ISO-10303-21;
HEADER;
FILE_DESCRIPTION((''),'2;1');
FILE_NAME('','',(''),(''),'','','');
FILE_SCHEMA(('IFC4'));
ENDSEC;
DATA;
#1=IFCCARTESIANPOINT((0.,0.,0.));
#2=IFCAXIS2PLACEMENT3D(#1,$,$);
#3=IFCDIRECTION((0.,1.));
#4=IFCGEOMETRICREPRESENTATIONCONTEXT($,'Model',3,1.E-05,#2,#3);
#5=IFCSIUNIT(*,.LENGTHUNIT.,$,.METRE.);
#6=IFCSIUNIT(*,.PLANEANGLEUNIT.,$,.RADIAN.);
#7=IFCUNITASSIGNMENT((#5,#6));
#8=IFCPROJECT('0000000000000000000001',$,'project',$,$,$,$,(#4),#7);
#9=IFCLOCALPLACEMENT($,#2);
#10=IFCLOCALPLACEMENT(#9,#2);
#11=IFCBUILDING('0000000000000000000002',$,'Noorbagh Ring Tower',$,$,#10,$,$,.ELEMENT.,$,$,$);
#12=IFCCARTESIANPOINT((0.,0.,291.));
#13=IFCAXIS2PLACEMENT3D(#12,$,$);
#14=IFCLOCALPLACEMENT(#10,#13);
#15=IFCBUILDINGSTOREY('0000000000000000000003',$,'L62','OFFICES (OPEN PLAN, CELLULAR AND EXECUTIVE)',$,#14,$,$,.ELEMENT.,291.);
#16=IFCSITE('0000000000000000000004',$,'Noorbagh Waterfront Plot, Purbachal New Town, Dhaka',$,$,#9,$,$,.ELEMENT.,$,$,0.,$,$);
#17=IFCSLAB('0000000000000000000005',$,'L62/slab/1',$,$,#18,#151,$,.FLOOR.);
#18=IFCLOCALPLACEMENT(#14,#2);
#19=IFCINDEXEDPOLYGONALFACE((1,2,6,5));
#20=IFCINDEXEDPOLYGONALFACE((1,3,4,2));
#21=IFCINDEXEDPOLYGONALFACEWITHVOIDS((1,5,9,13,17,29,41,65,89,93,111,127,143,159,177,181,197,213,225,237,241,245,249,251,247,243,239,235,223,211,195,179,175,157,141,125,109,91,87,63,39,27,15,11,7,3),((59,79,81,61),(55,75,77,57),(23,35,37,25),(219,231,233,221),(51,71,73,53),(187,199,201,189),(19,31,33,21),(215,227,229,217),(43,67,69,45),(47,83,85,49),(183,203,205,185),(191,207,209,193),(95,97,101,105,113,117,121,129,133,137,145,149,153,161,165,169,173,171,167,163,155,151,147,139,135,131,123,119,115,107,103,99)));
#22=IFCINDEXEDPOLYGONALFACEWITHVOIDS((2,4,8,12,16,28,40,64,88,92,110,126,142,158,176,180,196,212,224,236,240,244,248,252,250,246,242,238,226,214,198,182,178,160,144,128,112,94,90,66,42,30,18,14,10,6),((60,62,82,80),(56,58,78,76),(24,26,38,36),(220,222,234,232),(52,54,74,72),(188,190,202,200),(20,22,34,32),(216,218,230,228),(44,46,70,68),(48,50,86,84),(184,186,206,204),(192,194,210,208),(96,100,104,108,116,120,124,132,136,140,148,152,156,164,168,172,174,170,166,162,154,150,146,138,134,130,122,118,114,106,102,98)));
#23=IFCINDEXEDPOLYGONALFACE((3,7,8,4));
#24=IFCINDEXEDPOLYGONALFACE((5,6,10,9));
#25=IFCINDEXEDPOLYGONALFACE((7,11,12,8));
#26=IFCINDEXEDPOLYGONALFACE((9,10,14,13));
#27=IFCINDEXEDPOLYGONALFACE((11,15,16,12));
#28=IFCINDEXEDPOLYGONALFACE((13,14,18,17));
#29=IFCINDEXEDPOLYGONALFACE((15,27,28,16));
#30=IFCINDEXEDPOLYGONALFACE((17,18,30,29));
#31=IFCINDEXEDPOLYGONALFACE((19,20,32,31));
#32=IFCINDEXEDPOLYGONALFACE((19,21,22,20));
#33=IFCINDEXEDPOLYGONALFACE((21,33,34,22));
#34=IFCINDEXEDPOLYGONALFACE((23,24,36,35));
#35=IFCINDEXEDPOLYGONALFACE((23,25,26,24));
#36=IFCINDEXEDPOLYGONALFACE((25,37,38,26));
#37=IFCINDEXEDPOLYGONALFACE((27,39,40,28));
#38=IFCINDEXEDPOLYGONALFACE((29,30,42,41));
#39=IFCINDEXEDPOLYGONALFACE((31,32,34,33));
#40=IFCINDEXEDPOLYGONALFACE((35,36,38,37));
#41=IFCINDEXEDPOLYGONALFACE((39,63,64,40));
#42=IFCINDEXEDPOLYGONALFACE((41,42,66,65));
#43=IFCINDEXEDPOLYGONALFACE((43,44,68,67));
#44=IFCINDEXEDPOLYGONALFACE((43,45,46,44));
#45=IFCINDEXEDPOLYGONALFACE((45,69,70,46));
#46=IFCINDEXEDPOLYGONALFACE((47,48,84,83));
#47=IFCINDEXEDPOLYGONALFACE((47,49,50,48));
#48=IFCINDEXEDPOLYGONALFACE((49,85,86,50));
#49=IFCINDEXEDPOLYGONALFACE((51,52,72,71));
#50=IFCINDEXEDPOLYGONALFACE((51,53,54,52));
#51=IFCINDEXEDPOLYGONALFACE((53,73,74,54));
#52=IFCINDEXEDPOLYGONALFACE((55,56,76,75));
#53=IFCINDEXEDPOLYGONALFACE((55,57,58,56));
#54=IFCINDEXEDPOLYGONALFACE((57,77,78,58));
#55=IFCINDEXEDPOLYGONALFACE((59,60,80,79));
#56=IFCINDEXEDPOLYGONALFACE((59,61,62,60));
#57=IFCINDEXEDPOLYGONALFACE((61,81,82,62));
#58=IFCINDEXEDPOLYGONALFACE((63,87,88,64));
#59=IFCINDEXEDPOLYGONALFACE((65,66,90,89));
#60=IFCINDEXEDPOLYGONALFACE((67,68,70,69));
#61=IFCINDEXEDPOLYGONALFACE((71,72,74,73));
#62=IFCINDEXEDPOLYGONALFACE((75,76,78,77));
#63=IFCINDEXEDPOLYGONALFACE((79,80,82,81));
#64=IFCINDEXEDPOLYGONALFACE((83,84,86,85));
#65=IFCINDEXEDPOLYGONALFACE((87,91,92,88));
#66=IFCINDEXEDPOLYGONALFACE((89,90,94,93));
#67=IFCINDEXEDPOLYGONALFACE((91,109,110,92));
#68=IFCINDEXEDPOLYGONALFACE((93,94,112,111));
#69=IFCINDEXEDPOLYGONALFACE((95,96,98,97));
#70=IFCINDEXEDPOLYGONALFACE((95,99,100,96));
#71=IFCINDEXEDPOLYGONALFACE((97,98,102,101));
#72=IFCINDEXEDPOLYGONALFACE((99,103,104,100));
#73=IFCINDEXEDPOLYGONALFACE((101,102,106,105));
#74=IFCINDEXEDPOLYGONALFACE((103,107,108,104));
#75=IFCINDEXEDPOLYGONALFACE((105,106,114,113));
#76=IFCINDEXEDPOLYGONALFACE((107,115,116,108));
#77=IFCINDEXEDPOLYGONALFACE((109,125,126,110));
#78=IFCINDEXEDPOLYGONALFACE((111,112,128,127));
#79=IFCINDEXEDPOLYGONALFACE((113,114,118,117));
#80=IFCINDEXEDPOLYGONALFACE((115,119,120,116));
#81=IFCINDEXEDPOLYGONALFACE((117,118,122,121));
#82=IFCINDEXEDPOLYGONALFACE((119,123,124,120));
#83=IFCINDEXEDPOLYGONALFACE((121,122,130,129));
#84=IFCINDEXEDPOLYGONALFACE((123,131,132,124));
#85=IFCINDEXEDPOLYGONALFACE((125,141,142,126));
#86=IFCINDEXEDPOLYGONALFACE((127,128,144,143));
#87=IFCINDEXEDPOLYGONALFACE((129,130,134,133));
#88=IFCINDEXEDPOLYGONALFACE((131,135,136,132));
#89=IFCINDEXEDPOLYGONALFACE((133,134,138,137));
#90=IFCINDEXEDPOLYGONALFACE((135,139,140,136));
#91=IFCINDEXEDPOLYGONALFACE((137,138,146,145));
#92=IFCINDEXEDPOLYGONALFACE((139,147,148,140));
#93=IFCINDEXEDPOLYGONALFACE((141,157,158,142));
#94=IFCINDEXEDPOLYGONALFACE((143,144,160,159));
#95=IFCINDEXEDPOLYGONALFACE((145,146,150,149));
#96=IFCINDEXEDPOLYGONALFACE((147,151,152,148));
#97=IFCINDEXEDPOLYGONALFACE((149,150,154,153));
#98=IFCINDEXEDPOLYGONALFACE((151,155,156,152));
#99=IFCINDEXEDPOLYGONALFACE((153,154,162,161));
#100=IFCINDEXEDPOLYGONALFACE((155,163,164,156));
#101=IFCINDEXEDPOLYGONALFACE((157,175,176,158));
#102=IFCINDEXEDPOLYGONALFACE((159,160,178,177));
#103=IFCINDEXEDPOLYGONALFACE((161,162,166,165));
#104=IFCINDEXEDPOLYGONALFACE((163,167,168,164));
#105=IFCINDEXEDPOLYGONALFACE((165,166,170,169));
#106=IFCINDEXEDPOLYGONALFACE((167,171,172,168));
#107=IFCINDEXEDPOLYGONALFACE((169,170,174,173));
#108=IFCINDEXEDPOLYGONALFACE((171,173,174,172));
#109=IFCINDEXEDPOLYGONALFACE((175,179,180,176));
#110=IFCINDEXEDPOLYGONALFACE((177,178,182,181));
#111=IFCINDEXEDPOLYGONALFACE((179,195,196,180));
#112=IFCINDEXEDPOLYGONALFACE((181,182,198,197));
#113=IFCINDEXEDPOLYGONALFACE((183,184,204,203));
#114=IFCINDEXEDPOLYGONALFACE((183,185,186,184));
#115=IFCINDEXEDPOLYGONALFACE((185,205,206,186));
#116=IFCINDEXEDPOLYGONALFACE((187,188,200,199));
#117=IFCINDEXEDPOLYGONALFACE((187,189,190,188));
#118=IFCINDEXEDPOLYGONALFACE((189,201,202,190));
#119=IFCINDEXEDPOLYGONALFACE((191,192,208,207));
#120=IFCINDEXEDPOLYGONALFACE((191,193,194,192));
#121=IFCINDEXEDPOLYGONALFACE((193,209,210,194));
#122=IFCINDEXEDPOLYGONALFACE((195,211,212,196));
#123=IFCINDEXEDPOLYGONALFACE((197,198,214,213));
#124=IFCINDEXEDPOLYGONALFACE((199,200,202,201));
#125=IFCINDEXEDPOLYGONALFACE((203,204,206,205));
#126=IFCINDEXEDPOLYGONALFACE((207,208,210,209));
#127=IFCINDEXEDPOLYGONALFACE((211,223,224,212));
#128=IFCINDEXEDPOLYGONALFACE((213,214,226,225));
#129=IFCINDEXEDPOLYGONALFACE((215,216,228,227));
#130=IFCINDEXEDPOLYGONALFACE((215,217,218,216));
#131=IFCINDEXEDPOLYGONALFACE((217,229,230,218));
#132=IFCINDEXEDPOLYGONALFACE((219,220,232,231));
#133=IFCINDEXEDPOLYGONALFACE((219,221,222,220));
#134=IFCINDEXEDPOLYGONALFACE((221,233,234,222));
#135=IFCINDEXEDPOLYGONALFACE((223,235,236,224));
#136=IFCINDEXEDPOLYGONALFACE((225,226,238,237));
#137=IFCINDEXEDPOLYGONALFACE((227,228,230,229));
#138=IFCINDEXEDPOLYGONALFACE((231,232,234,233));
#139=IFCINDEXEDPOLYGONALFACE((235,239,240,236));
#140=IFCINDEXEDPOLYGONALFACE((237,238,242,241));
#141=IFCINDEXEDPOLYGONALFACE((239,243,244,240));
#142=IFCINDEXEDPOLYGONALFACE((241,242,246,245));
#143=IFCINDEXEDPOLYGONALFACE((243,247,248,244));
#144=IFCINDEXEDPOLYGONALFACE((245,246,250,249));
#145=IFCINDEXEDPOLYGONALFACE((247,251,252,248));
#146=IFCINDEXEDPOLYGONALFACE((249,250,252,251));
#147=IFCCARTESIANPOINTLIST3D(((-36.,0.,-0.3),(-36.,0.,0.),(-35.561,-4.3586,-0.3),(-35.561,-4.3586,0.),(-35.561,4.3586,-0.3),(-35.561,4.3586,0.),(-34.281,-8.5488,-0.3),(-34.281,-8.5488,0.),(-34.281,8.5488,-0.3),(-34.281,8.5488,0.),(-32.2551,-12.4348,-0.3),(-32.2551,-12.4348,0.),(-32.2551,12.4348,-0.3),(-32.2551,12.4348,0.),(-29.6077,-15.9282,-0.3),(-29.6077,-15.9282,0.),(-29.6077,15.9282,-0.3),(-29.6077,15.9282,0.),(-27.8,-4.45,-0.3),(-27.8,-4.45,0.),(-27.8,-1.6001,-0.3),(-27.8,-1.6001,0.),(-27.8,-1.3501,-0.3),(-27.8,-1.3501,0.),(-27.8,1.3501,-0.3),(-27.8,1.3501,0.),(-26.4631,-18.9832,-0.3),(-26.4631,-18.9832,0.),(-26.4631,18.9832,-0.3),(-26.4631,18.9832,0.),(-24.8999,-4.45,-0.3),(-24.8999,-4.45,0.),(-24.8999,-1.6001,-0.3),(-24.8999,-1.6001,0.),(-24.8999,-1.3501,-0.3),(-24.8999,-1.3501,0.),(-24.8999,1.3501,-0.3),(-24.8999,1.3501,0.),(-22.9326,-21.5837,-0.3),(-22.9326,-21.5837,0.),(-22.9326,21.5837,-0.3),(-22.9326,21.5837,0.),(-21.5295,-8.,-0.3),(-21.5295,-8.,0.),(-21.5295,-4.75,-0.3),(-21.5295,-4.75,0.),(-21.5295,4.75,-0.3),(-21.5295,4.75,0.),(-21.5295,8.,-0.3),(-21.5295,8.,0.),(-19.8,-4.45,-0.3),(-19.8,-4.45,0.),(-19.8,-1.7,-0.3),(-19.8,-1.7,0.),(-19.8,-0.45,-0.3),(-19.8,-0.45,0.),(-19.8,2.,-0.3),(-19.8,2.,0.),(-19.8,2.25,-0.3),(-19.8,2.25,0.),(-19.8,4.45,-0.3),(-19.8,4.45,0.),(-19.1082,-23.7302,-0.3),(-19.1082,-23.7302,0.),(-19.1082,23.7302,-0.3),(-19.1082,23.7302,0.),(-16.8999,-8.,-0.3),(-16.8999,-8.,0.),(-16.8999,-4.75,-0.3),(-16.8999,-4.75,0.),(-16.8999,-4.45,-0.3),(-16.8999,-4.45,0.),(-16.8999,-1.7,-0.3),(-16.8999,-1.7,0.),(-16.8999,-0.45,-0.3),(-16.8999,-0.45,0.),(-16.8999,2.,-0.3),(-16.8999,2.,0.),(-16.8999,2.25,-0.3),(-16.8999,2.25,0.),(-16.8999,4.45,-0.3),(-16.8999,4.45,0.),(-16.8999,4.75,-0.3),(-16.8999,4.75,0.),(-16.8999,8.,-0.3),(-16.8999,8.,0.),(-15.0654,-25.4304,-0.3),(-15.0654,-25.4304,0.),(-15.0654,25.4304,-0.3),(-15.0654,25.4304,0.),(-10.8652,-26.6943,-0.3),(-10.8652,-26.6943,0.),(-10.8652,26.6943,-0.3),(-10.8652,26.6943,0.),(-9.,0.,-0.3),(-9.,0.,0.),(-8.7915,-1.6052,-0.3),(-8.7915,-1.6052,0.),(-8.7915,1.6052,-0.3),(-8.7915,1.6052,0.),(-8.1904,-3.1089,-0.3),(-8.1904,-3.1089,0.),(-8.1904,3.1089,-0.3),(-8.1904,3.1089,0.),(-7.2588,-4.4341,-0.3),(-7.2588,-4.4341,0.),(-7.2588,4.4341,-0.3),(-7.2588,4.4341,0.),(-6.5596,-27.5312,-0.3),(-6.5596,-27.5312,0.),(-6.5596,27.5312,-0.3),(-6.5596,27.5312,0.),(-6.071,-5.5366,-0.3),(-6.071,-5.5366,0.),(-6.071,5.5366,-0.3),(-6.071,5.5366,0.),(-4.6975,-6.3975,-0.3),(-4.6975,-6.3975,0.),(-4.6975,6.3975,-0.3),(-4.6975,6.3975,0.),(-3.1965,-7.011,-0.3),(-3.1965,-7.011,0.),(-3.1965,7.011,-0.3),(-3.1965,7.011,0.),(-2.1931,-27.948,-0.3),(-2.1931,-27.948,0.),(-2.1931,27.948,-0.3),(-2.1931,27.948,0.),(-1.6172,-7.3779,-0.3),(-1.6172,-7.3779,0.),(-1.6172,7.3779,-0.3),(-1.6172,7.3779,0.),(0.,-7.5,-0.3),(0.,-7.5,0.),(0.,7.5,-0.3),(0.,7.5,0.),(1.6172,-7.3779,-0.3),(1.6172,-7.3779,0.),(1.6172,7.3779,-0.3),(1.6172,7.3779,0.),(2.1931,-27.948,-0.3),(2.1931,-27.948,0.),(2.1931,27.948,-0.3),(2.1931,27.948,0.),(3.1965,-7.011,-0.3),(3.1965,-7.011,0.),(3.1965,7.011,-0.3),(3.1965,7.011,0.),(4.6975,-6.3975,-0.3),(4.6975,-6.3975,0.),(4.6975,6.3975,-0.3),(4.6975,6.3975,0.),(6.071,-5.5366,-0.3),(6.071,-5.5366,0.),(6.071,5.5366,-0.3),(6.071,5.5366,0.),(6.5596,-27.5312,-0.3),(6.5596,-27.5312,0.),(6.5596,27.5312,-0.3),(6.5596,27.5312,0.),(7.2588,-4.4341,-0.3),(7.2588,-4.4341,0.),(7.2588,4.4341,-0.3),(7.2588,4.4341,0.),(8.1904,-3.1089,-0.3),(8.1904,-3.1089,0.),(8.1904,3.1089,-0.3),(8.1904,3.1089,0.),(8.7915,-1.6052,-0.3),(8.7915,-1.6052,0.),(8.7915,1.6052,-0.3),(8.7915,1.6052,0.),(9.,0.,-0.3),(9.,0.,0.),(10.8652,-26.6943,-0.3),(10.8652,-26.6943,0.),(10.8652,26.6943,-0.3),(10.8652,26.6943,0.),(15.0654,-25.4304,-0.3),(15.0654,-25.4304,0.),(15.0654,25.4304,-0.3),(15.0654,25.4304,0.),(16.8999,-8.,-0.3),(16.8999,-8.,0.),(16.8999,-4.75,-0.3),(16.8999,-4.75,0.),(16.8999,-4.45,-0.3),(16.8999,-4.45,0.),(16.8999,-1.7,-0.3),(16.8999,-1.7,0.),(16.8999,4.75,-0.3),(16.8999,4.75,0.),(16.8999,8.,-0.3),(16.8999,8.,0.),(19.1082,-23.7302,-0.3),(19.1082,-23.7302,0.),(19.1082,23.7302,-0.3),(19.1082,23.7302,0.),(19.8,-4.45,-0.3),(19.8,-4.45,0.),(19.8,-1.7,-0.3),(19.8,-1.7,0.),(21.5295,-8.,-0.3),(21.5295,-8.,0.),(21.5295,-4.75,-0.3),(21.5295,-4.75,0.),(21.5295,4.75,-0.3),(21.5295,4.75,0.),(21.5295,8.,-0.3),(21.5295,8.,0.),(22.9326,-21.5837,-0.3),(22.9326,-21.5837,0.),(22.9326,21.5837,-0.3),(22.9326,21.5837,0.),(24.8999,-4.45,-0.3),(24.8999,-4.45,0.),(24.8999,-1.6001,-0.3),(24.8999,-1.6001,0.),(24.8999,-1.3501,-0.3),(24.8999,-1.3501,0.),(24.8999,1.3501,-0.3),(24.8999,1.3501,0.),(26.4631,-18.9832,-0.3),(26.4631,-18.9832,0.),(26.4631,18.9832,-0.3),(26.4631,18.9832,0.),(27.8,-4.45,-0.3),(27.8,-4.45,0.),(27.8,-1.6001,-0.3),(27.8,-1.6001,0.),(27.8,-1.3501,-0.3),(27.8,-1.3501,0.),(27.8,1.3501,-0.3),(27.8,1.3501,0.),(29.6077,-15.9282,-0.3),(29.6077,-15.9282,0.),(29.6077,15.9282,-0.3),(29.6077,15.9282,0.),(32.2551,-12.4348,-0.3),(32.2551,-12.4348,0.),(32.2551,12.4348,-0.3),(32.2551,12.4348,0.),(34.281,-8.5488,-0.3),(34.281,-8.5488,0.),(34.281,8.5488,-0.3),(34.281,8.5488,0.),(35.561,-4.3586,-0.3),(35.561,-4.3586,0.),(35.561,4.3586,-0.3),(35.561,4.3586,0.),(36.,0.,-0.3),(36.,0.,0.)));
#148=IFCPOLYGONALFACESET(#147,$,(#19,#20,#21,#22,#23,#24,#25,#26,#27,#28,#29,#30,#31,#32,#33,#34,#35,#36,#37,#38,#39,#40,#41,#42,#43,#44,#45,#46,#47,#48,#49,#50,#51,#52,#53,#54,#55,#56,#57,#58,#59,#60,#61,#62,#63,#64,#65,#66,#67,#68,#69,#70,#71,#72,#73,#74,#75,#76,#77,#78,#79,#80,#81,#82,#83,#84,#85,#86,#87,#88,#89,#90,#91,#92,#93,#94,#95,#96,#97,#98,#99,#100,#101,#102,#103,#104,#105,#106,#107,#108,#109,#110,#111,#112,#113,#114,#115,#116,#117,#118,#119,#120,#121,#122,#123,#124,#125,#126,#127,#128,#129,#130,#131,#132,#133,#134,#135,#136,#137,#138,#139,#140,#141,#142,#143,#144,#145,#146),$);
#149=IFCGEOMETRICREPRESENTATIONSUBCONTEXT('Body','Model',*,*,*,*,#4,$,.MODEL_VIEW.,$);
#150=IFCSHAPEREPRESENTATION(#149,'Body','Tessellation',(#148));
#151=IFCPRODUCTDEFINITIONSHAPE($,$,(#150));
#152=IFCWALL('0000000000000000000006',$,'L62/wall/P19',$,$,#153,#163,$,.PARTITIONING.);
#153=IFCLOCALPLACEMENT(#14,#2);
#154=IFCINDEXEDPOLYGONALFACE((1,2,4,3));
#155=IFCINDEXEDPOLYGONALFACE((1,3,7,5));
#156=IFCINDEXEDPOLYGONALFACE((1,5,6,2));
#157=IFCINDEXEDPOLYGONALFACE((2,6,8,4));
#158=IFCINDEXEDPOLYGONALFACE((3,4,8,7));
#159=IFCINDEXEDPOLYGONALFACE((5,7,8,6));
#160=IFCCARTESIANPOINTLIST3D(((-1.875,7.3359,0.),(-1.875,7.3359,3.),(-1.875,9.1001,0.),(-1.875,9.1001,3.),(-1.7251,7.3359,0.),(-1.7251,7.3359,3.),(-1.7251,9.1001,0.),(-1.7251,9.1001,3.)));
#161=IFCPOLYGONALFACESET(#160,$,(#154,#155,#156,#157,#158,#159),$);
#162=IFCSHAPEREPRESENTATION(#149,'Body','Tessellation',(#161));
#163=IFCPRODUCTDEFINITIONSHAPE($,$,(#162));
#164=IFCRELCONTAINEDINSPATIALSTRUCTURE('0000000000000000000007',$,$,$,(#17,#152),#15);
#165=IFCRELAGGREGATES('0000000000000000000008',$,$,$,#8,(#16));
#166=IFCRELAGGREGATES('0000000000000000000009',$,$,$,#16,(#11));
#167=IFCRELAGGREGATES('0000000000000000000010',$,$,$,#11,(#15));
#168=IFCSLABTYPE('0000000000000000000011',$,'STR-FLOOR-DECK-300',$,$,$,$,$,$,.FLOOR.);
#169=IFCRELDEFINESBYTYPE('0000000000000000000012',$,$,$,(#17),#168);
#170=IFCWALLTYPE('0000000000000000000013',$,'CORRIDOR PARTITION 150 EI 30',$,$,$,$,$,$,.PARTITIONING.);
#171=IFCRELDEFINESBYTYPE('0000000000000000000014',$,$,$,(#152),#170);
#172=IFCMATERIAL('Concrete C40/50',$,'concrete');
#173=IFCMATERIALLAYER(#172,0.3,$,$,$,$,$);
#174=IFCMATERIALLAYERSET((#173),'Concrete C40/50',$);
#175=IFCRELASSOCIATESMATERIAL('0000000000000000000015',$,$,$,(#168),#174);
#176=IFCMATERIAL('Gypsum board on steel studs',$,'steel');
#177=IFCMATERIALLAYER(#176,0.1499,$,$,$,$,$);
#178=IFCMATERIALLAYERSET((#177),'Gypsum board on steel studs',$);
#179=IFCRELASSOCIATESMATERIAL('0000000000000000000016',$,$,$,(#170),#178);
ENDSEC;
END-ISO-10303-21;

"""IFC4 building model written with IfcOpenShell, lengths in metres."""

from ifc_helpers import new_model, si_unit, direction, frame, frame_2d, origin, place, context, subcontext, project, spatial, polyline, rectangle, outline, extrude, material, layer, layer_set, type_object, element, save


model = new_model("IFC4")

# Units and contexts
model_context = context("Model", 3, precision=1e-05, world=origin(), true_north=direction((0.0, 1.0)))
body_context = subcontext(model_context, "Body", "Model", "MODEL_VIEW")
ifc_project = project(units=[si_unit("LENGTHUNIT", "METRE"), si_unit("PLANEANGLEUNIT", "RADIAN")], contexts=[model_context])

# Site, building, storey
site_placement = place(None, origin())
site = spatial("IfcSite", under=ifc_project, at=site_placement, Name="Noorbagh Waterfront Plot, Purbachal New Town, Dhaka", CompositionType="ELEMENT", RefElevation=0.0)
building_placement = place(site_placement, origin())
building = spatial("IfcBuilding", under=site, at=building_placement, Name="Noorbagh Ring Tower", CompositionType="ELEMENT")
storey_placement = place(building_placement, frame((0.0, 0.0, 291.0)))
storey = spatial("IfcBuildingStorey", under=building, at=storey_placement, Name="L62", Description="OFFICES (OPEN PLAN, CELLULAR AND EXECUTIVE)", CompositionType="ELEMENT", Elevation=291.0)

# Slab
ifc_material_1 = material(Name="Concrete C40/50", Category="concrete")
ifc_layer_1 = layer(ifc_material_1, 0.3)
ifc_layer_set_1 = layer_set([ifc_layer_1], Name="Concrete C40/50")
slab_type_1 = type_object("IfcSlabType", Name="STR-FLOOR-DECK-300", PredefinedType="FLOOR", material=ifc_layer_set_1)
slab_1_placement = place(storey_placement, frame((0.0, 0.0, -0.3)))
element("IfcSlab", 1, at=slab_1_placement, inside=storey, type_object=slab_type_1, Name="L62/slab/1", PredefinedType="FLOOR", context=body_context, shape_type="SweptSolid", body=[
    extrude(outline(polyline([(36.0, 0.0), (35.561, 4.3586), (34.281, 8.5488), (32.2551, 12.4348), (29.6077, 15.9282), (26.4631, 18.9832), (22.9326, 21.5837), (19.1082, 23.7302), (15.0654, 25.4304), (10.8652, 26.6943), (6.5596, 27.5312), (2.1931, 27.948), (-2.1931, 27.948), (-6.5596, 27.5312), (-10.8652, 26.6943), (-15.0654, 25.4304), (-19.1082, 23.7302), (-22.9326, 21.5837), (-26.4631, 18.9832), (-29.6077, 15.9282), (-32.2551, 12.4348), (-34.281, 8.5488), (-35.561, 4.3586), (-36.0, 0.0), (-35.561, -4.3586), (-34.281, -8.5488), (-32.2551, -12.4348), (-29.6077, -15.9282), (-26.4631, -18.9832), (-22.9326, -21.5837), (-19.1082, -23.7302), (-15.0654, -25.4304), (-10.8652, -26.6943), (-6.5596, -27.5312), (-2.1931, -27.948), (2.1931, -27.948), (6.5596, -27.5312), (10.8652, -26.6943), (15.0654, -25.4304), (19.1082, -23.7302), (22.9326, -21.5837), (26.4631, -18.9832), (29.6077, -15.9282), (32.2551, -12.4348), (34.281, -8.5488), (35.561, -4.3586), (36.0, 0.0)]), holes=[polyline([(24.8999, -1.6001), (27.8, -1.6001), (27.8, -4.45), (24.8999, -4.45), (24.8999, -1.6001)]), polyline([(24.8999, 1.3501), (27.8, 1.3501), (27.8, -1.3501), (24.8999, -1.3501), (24.8999, 1.3501)]), polyline([(21.5295, -8.0), (16.8999, -8.0), (16.8999, -4.75), (21.5295, -4.75), (21.5295, -8.0)]), polyline([(21.5295, 4.75), (16.8999, 4.75), (16.8999, 8.0), (21.5295, 8.0), (21.5295, 4.75)]), polyline([(16.8999, -1.7), (19.8, -1.7), (19.8, -4.45), (16.8999, -4.45), (16.8999, -1.7)]), polyline([(4.6975, -6.3975), (3.1965, -7.011), (1.6172, -7.3779), (0.0, -7.5), (-1.6172, -7.3779), (-3.1965, -7.011), (-4.6975, -6.3975), (-6.071, -5.5366), (-7.2588, -4.4341), (-8.1904, -3.1089), (-8.7915, -1.6052), (-9.0, 0.0), (-8.7915, 1.6052), (-8.1904, 3.1089), (-7.2588, 4.4341), (-6.071, 5.5366), (-4.6975, 6.3975), (-3.1965, 7.011), (-1.6172, 7.3779), (0.0, 7.5), (1.6172, 7.3779), (3.1965, 7.011), (4.6975, 6.3975), (6.071, 5.5366), (7.2588, 4.4341), (8.1904, 3.1089), (8.7915, 1.6052), (9.0, 0.0), (8.7915, -1.6052), (8.1904, -3.1089), (7.2588, -4.4341), (6.071, -5.5366), (4.6975, -6.3975)]), polyline([(-21.5295, -8.0), (-21.5295, -4.75), (-16.8999, -4.75), (-16.8999, -8.0), (-21.5295, -8.0)]), polyline([(-21.5295, 4.75), (-21.5295, 8.0), (-16.8999, 8.0), (-16.8999, 4.75), (-21.5295, 4.75)]), polyline([(-16.8999, -4.45), (-19.8, -4.45), (-19.8, -1.7), (-16.8999, -1.7), (-16.8999, -4.45)]), polyline([(-16.8999, -0.45), (-19.8, -0.45), (-19.8, 2.0), (-16.8999, 2.0), (-16.8999, -0.45)]), polyline([(-16.8999, 2.25), (-19.8, 2.25), (-19.8, 4.45), (-16.8999, 4.45), (-16.8999, 2.25)]), polyline([(-24.8999, -4.45), (-27.8, -4.45), (-27.8, -1.6001), (-24.8999, -1.6001), (-24.8999, -4.45)]), polyline([(-24.8999, 1.3501), (-24.8999, -1.3501), (-27.8, -1.3501), (-27.8, 1.3501), (-24.8999, 1.3501)])]), origin(), (0.0, 0.0, 1.0), 0.3),
])

# Wall
ifc_material_2 = material(Name="Gypsum board on steel studs", Category="steel")
ifc_layer_2 = layer(ifc_material_2, 0.1499)
ifc_layer_set_2 = layer_set([ifc_layer_2], Name="Gypsum board on steel studs")
wall_type = type_object("IfcWallType", Name="CORRIDOR PARTITION 150 EI 30", PredefinedType="PARTITIONING", material=ifc_layer_set_2)
wall_placement = place(storey_placement, frame((-1.8, 7.3359, 0.0), z_axis=(0.0, 0.0, 1.0), x_axis=(0.0, 1.0, 0.0)))
element("IfcWall", 2, at=wall_placement, inside=storey, type_object=wall_type, Name="L62/wall/P19", PredefinedType="PARTITIONING", context=body_context, shape_type="SweptSolid", body=[
    extrude(rectangle(XDim=1.7642, YDim=0.1499, at=frame_2d((0.8821, 0.0))), origin(), (0.0, 0.0, 1.0), 3.0),
])

save(model, "model.ifc")
